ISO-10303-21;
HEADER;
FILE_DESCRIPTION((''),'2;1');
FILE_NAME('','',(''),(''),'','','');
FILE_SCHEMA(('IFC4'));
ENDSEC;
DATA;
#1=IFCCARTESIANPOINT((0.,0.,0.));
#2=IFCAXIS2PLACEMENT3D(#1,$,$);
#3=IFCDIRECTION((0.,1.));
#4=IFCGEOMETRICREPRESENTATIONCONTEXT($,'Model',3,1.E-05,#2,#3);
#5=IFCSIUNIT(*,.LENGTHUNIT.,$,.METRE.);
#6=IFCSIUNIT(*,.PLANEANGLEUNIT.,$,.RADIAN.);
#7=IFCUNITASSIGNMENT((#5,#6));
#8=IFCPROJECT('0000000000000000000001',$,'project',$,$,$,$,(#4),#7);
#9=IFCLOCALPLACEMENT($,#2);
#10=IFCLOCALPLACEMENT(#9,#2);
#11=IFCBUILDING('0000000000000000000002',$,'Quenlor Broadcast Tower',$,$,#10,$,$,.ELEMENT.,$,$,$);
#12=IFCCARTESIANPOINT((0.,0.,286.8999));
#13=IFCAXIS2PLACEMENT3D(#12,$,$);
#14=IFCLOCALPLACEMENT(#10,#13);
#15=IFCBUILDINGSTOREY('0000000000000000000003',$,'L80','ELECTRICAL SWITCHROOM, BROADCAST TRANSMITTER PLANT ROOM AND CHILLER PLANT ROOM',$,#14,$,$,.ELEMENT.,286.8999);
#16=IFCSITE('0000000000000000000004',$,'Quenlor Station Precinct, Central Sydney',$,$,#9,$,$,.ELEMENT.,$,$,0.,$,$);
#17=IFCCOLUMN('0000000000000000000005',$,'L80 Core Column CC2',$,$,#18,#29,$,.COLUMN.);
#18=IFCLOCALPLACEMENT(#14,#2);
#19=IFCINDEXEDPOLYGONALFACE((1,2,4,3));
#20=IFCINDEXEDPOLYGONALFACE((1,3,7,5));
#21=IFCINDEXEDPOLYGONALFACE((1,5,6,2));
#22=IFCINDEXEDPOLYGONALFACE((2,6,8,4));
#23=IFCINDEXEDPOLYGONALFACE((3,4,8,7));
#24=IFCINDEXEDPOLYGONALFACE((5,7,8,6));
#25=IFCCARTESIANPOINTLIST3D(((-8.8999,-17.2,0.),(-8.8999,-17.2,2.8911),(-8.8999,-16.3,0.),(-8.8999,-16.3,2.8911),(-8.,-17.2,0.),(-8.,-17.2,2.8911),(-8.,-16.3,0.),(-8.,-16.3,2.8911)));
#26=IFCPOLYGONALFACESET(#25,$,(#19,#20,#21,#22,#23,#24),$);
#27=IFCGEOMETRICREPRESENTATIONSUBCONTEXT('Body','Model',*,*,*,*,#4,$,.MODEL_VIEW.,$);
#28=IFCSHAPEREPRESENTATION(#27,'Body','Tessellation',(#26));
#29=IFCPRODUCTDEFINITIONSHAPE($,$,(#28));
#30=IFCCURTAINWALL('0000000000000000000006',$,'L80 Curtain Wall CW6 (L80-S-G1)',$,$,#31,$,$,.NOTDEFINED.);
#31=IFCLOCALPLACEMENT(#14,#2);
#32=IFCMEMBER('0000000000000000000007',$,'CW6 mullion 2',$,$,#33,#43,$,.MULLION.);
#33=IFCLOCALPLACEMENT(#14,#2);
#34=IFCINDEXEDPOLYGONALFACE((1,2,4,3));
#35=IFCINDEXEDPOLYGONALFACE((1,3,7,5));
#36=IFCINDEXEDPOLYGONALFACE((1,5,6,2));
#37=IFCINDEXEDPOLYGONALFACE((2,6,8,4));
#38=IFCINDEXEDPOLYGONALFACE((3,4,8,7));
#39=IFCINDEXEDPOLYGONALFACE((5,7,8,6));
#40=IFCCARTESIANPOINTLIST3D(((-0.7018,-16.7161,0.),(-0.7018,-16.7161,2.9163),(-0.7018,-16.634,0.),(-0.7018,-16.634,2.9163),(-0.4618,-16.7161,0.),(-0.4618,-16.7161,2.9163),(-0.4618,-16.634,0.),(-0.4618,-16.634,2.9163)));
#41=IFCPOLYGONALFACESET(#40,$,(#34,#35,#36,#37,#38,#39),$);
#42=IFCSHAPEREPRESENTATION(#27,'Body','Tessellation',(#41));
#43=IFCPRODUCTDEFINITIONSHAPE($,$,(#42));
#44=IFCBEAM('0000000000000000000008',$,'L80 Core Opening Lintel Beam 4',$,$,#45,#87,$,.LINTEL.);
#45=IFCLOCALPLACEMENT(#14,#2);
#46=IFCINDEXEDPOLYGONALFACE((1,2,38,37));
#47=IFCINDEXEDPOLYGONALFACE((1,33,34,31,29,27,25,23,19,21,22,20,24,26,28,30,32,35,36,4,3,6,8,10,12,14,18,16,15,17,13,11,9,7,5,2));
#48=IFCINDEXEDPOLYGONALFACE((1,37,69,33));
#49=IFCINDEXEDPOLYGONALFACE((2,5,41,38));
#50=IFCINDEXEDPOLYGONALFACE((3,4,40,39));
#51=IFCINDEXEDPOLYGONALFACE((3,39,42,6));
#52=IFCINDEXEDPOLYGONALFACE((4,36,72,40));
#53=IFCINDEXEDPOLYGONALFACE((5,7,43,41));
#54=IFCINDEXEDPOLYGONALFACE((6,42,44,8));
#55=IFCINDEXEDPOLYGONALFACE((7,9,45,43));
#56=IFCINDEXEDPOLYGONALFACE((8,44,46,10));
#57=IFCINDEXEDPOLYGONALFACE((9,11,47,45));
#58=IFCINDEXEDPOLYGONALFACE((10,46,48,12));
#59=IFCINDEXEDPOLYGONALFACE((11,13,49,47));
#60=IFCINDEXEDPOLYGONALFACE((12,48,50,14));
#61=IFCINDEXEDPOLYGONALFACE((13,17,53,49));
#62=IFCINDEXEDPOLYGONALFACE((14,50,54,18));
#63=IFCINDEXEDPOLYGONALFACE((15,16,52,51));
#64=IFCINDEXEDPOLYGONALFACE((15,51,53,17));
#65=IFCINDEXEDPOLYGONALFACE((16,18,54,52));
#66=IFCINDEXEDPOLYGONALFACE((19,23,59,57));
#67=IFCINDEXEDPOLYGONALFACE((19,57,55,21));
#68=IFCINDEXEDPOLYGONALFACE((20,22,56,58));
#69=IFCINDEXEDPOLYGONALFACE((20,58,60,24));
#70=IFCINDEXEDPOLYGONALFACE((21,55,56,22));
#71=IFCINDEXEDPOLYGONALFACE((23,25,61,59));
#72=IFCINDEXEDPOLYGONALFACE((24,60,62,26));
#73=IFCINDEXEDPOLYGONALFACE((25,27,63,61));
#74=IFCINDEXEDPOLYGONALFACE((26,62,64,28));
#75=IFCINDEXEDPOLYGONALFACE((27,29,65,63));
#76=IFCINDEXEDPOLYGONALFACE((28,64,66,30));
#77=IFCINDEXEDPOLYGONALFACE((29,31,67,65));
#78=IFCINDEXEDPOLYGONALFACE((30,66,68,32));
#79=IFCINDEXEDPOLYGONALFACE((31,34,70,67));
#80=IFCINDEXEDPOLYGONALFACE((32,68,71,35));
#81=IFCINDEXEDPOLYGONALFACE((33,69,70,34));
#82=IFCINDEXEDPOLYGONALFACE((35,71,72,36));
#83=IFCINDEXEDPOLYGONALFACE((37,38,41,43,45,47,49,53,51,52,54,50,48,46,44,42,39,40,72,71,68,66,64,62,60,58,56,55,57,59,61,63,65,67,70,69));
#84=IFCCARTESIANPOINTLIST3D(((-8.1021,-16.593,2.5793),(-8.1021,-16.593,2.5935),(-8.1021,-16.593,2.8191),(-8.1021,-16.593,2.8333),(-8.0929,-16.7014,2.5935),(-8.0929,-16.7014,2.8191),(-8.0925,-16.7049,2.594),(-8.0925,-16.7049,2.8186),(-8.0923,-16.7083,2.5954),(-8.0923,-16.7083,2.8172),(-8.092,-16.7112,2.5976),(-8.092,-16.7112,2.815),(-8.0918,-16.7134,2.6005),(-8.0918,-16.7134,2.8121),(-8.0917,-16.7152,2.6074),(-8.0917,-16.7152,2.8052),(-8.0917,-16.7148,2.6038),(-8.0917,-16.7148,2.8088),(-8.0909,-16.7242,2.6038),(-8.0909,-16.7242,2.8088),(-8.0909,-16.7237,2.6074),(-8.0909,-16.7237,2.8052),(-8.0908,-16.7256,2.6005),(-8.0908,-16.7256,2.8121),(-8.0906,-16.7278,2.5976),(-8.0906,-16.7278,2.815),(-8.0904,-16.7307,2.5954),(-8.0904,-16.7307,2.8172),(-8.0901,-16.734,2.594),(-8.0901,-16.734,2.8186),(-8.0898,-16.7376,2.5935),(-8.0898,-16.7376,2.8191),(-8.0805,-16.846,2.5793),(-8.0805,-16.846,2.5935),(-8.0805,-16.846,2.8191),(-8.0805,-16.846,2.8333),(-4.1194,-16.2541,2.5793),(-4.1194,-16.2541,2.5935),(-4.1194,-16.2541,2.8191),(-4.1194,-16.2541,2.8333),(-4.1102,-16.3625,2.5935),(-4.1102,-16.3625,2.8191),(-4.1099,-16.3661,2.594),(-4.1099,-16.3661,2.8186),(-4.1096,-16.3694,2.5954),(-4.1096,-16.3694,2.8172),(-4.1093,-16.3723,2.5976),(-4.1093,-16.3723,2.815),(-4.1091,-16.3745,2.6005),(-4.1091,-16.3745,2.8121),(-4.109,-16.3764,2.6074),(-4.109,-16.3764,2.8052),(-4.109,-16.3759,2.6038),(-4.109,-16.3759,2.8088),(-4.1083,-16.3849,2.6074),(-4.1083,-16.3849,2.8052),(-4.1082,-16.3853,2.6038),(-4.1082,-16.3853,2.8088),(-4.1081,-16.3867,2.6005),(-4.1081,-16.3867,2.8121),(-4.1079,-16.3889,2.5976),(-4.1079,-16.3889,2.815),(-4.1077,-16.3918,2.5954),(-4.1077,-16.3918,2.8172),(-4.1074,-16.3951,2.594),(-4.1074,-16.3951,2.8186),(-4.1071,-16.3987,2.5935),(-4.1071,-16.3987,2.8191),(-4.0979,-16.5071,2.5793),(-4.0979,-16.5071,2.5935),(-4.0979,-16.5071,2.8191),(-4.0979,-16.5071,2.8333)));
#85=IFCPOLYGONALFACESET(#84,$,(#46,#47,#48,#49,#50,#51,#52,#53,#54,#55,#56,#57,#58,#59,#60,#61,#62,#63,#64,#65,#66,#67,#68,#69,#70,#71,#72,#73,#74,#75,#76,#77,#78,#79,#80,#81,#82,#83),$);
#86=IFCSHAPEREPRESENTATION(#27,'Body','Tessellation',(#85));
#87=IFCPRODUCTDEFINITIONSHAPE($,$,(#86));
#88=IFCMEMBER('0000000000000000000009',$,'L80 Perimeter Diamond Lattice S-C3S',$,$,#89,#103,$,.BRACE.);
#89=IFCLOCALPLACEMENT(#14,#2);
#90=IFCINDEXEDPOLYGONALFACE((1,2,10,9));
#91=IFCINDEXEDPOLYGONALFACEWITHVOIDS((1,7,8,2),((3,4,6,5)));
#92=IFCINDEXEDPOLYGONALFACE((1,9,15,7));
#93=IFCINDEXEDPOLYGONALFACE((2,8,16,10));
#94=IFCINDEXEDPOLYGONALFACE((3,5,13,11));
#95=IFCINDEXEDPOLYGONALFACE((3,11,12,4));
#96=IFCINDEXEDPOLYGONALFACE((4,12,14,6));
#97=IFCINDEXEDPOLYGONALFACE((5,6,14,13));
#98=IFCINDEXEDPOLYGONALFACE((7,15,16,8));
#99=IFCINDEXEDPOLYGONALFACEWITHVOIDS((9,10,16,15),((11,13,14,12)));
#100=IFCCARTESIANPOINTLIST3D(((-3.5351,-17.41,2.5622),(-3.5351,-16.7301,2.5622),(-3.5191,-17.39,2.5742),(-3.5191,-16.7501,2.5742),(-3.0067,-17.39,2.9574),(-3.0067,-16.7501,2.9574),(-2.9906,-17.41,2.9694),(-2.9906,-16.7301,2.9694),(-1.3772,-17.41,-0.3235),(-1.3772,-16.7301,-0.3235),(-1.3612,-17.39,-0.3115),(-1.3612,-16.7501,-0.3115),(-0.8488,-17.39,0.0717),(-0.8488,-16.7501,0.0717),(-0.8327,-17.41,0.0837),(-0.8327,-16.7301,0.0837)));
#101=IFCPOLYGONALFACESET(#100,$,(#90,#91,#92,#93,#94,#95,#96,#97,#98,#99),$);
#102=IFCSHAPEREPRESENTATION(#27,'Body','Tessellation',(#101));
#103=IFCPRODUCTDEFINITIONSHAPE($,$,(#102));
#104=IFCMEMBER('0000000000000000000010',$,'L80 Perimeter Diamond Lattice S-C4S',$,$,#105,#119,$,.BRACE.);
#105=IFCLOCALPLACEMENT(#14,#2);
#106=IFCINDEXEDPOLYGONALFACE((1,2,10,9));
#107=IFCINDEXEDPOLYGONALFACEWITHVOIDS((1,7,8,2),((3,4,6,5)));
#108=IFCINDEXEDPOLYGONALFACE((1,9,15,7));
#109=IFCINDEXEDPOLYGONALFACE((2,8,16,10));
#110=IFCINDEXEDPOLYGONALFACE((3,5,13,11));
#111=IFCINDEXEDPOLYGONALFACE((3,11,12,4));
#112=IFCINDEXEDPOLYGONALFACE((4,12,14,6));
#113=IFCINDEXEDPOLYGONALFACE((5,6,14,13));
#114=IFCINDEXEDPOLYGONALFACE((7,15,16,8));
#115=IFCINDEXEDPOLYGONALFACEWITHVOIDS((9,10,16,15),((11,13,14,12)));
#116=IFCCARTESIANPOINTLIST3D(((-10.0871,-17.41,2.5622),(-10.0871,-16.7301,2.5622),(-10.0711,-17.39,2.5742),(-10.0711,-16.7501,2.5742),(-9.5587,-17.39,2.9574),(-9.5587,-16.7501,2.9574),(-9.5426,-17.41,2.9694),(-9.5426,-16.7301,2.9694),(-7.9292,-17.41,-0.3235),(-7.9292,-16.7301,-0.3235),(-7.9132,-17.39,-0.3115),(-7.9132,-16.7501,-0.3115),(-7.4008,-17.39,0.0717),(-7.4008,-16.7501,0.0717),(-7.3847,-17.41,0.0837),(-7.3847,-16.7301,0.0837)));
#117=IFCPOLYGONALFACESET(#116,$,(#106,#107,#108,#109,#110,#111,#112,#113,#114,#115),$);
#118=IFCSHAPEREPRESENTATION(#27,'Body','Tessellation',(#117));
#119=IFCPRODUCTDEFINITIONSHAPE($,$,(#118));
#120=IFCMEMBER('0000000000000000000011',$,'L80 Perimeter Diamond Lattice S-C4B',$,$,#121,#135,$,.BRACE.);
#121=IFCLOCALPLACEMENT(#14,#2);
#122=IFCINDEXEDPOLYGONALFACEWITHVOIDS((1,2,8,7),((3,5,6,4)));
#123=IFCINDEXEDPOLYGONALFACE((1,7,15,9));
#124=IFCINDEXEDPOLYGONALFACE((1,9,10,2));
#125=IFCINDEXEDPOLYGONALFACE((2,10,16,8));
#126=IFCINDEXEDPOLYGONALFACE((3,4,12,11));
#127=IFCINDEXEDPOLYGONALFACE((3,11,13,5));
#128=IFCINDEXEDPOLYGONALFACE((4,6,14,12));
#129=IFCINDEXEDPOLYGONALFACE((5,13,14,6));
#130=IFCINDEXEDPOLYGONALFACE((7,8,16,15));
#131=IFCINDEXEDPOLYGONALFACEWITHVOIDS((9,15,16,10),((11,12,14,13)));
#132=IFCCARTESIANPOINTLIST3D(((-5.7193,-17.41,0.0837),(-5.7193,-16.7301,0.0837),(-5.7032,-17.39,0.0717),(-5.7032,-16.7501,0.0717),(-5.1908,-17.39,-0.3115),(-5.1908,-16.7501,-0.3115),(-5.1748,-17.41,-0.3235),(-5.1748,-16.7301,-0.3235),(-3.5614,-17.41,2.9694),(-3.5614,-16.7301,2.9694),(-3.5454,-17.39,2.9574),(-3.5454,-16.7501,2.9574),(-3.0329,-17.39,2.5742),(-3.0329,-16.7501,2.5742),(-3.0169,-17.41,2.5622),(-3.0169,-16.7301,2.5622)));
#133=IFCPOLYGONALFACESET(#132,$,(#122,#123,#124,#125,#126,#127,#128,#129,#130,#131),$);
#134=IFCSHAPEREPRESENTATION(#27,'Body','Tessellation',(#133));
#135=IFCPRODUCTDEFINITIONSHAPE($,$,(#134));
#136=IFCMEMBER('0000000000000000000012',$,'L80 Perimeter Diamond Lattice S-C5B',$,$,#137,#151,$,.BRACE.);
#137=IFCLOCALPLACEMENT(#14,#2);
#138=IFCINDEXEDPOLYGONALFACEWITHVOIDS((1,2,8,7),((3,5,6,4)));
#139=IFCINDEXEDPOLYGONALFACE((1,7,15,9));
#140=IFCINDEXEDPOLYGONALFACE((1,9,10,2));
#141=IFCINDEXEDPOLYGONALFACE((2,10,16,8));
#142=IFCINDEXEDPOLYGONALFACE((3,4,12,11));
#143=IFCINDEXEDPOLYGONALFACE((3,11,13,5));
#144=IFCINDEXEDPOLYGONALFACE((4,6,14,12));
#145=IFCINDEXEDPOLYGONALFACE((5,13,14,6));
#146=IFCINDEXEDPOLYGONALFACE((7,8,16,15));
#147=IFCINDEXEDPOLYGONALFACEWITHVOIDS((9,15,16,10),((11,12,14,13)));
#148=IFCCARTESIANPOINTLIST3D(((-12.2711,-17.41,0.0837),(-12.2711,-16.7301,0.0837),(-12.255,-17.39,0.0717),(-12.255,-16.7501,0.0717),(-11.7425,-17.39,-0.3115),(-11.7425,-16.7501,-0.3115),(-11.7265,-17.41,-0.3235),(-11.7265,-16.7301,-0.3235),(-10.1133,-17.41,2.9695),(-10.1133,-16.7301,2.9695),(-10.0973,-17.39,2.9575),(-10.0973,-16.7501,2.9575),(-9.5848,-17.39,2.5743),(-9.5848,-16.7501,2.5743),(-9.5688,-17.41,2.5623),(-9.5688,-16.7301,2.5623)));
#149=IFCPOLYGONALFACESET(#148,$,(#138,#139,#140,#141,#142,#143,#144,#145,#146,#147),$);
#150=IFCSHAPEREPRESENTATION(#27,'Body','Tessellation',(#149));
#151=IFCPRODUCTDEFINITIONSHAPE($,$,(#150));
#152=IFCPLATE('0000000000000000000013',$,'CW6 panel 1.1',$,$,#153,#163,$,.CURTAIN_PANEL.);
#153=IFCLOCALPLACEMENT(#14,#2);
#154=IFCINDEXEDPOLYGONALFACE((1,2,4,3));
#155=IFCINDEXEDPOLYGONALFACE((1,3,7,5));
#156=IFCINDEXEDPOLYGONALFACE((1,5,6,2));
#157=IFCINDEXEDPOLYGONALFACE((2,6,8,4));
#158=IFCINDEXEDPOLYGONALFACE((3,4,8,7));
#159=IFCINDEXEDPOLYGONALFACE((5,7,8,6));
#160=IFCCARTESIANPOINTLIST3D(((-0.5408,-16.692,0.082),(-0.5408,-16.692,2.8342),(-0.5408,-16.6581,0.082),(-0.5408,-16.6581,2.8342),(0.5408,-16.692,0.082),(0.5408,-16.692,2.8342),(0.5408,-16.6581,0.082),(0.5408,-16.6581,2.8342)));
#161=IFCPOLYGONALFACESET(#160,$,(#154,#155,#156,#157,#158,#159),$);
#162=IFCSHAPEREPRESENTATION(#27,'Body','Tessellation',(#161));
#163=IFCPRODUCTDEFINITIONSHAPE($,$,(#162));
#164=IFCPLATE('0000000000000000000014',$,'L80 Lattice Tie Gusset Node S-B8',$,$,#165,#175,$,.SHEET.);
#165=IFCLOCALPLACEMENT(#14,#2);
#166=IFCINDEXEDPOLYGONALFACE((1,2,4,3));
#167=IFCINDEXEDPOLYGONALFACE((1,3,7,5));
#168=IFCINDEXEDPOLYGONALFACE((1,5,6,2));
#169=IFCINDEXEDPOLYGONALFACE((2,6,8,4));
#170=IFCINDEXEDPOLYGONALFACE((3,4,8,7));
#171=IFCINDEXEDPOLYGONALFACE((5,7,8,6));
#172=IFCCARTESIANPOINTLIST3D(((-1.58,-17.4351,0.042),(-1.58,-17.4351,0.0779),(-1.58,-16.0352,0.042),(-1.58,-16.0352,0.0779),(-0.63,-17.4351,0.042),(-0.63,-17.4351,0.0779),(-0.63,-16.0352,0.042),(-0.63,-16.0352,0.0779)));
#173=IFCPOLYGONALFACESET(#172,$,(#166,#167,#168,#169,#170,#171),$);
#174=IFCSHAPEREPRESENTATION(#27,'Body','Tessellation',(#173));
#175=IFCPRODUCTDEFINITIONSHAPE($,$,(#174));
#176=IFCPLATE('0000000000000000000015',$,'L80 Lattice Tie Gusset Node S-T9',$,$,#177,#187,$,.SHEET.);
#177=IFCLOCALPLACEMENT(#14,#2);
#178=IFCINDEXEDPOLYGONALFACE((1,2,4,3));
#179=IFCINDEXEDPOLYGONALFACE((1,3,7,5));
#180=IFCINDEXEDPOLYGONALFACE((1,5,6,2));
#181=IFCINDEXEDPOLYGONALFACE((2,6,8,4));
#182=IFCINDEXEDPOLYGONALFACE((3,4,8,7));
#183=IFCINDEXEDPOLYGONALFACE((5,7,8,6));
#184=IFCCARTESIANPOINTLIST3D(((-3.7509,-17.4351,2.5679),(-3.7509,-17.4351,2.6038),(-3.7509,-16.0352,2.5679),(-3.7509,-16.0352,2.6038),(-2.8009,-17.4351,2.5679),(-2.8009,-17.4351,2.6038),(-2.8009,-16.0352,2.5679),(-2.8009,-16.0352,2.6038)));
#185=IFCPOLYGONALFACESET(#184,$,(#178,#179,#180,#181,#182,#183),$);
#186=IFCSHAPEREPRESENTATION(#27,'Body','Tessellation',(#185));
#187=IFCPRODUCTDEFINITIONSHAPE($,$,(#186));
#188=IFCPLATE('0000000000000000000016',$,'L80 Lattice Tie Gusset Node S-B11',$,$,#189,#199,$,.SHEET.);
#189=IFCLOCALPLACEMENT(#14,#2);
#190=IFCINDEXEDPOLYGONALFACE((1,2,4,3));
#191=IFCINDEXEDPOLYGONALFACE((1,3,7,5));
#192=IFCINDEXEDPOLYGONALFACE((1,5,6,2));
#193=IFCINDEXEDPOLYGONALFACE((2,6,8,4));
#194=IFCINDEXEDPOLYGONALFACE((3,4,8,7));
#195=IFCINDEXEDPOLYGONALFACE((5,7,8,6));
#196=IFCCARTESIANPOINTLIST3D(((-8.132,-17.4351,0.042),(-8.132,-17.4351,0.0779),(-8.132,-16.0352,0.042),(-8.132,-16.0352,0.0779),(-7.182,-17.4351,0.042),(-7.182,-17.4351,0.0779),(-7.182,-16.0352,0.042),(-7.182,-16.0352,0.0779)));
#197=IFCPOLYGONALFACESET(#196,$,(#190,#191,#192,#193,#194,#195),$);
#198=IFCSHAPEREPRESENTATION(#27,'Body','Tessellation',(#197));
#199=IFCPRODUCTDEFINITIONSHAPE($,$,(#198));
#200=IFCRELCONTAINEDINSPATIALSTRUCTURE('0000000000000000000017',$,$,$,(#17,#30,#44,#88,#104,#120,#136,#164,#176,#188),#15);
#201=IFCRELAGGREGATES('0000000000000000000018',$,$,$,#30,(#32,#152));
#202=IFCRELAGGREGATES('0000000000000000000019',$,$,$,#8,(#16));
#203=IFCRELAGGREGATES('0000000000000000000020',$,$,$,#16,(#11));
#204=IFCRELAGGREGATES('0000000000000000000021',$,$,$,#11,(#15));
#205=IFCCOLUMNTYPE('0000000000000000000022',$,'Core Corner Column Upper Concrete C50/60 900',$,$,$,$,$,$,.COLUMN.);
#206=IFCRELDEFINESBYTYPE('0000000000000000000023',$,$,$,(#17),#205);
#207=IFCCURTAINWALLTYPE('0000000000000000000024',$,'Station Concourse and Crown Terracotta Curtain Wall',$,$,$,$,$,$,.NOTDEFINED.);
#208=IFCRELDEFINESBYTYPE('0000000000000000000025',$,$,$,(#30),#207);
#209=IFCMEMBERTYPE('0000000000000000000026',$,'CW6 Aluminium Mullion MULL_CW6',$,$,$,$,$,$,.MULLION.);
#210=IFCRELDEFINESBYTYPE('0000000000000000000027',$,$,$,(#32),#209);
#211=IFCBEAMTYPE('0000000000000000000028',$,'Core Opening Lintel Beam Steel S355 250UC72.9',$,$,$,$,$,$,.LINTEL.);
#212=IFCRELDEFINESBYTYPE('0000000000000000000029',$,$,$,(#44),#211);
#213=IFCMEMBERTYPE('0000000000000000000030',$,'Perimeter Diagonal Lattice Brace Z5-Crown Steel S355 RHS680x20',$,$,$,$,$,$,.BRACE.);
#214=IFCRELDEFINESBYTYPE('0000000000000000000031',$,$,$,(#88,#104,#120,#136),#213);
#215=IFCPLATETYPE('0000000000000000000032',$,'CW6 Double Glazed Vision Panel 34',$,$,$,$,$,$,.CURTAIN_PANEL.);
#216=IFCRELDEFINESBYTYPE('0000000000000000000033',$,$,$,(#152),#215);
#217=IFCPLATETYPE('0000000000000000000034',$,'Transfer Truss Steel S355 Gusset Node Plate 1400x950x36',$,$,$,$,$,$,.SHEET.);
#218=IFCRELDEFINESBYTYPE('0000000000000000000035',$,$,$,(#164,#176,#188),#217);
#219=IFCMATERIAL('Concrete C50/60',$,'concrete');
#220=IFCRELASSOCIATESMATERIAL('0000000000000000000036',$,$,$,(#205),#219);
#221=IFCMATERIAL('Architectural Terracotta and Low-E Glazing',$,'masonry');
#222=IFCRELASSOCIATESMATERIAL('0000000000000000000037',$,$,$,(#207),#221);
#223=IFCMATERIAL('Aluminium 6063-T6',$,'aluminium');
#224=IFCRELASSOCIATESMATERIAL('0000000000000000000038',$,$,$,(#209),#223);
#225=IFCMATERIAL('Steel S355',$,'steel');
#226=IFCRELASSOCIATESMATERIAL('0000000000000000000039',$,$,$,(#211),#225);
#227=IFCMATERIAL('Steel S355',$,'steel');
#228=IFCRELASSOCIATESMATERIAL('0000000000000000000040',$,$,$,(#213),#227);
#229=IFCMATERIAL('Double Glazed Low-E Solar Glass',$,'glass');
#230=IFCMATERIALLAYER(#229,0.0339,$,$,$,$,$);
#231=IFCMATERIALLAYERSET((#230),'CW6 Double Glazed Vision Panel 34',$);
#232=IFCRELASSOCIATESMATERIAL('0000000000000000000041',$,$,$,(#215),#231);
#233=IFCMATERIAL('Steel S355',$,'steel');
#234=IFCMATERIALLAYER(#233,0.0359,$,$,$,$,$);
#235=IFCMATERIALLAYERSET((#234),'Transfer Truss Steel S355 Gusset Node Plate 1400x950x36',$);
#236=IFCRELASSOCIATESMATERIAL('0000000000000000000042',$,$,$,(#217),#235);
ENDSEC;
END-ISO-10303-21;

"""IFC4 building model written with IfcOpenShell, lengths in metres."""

from ifc_helpers import new_model, si_unit, direction, frame, origin, origin_2d, place, context, subcontext, project, spatial, rectangle, hollow_rectangle, i_section, extrude, material, layer, layer_set, material_profile, profile_set, type_object, element, aggregate, save


model = new_model("IFC4")

# Units and contexts
model_context = context("Model", 3, precision=1e-05, world=origin(), true_north=direction((0.0, 1.0)))
body_context = subcontext(model_context, "Body", "Model", "MODEL_VIEW")
ifc_project = project(units=[si_unit("LENGTHUNIT", "METRE"), si_unit("PLANEANGLEUNIT", "RADIAN")], contexts=[model_context])

# Site, building, storey
site_placement = place(None, origin())
site = spatial("IfcSite", under=ifc_project, at=site_placement, Name="Quenlor Station Precinct, Central Sydney", CompositionType="ELEMENT", RefElevation=0.0)
building_placement = place(site_placement, origin())
building = spatial("IfcBuilding", under=site, at=building_placement, Name="Quenlor Broadcast Tower", CompositionType="ELEMENT")
storey_placement = place(building_placement, frame((0.0, 0.0, 286.8999)))
storey = spatial("IfcBuildingStorey", under=building, at=storey_placement, Name="L80", Description="ELECTRICAL SWITCHROOM, BROADCAST TRANSMITTER PLANT ROOM AND CHILLER PLANT ROOM", CompositionType="ELEMENT", Elevation=286.8999)

# Column
ifc_material_1 = material(Name="Concrete C50/60", Category="concrete")
ifc_material_profile_1 = material_profile(ifc_material_1, rectangle(XDim=0.8999, YDim=0.8999, at=origin_2d()))
ifc_profile_set_1 = profile_set([ifc_material_profile_1], Name="Concrete C50/60 RC900x900")
column_type = type_object("IfcColumnType", Name="Core Corner Column Upper Concrete C50/60 900", PredefinedType="COLUMN", material=ifc_profile_set_1)
column_placement = place(storey_placement, frame((-8.45, -16.75, 0.0), z_axis=(0.0, 0.0, 1.0), x_axis=(1.0, 0.0, 0.0)))
element("IfcColumn", 1, at=column_placement, inside=storey, type_object=column_type, Name="L80 Core Column CC2", PredefinedType="COLUMN", context=body_context, shape_type="SweptSolid", body=[
    extrude(rectangle(XDim=0.8999, YDim=0.8999, at=origin_2d()), origin(), (0.0, 0.0, 1.0), 2.8911),
])

# Curtain wall, member
ifc_material_2 = material(Name="Architectural Terracotta and Low-E Glazing", Category="masonry")
curtain_wall_type = type_object("IfcCurtainWallType", Name="Station Concourse and Crown Terracotta Curtain Wall", PredefinedType="NOTDEFINED", material=ifc_material_2)
curtain_wall_placement = place(storey_placement, origin())
curtain_wall = element("IfcCurtainWall", 2, at=curtain_wall_placement, inside=storey, type_object=curtain_wall_type, Name="L80 Curtain Wall CW6 (L80-S-G1)", PredefinedType="NOTDEFINED")
ifc_material_3 = material(Name="Aluminium 6063-T6", Category="aluminium")
ifc_material_profile_2 = material_profile(ifc_material_3, rectangle(XDim=0.082, YDim=0.24, at=origin_2d()))
ifc_profile_set_2 = profile_set([ifc_material_profile_2], Name="Aluminium 6063-T6 MULL82x240")
member_type_1 = type_object("IfcMemberType", Name="CW6 Aluminium Mullion MULL_CW6", PredefinedType="MULLION", material=ifc_profile_set_2)
member_placement = place(storey_placement, frame((-0.5818, -16.675, 0.0), z_axis=(0.0, 0.0, 1.0), x_axis=(0.0, -1.0, 0.0)))
member = element("IfcMember", 3, at=member_placement, type_object=member_type_1, Name="CW6 mullion 2", PredefinedType="MULLION", context=body_context, shape_type="SweptSolid", body=[
    extrude(rectangle(XDim=0.082, YDim=0.24, at=origin_2d()), origin(), (0.0, 0.0, 1.0), 2.9163),
])

# Beam
ifc_material_4 = material(Name="Steel S355", Category="steel")
ifc_material_profile_3 = material_profile(ifc_material_4, i_section(OverallWidth=0.2539, OverallDepth=0.2539, WebThickness=0.0085, FlangeThickness=0.0142, FilletRadius=0.0139, at=origin_2d()))
ifc_profile_set_3 = profile_set([ifc_material_profile_3], Name="Steel S355 250UC72.9")
beam_type = type_object("IfcBeamType", Name="Core Opening Lintel Beam Steel S355 250UC72.9", PredefinedType="LINTEL", material=ifc_profile_set_3)
beam_placement = place(storey_placement, frame((-8.0913, -16.7195, 2.7063), z_axis=(0.9964, 0.084779, 0.0), x_axis=(-0.084779, 0.9964, 0.0)))
element("IfcBeam", 4, at=beam_placement, inside=storey, type_object=beam_type, Name="L80 Core Opening Lintel Beam 4", PredefinedType="LINTEL", context=body_context, shape_type="SweptSolid", body=[
    extrude(i_section(OverallWidth=0.2539, OverallDepth=0.2539, WebThickness=0.0085, FlangeThickness=0.0142, FilletRadius=0.0139, at=origin_2d()), origin(), (0.0, 0.0, 1.0), 3.9971),
])

# Members
ifc_material_5 = material(Name="Steel S355", Category="steel")
ifc_material_profile_4 = material_profile(ifc_material_5, hollow_rectangle(XDim=0.6799, YDim=0.6799, WallThickness=0.02, at=origin_2d()))
ifc_profile_set_4 = profile_set([ifc_material_profile_4], Name="Steel S355 RHS680x680x20")
member_type_2 = type_object("IfcMemberType", Name="Perimeter Diagonal Lattice Brace Z5-Crown Steel S355 RHS680x20", PredefinedType="BRACE", material=ifc_profile_set_4)
for number, where, z_axis, x_axis, name in (
    (5, (-1.105, -17.0701, -0.1199), (-0.598872, 0.0, 0.800845), (0.0, -1.0, 0.0), "L80 Perimeter Diamond Lattice S-C3S"),
    (6, (-7.657, -17.0701, -0.1199), (-0.598872, 0.0, 0.800845), (0.0, -1.0, 0.0), "L80 Perimeter Diamond Lattice S-C4S"),
    (7, (-5.447, -17.0701, -0.1199), (0.598872, 0.0, 0.800845), (0.0, 1.0, 0.0), "L80 Perimeter Diamond Lattice S-C4B"),
    (8, (-11.9988, -17.0701, -0.1199), (0.598829, 0.0, 0.800877), (0.0, 1.0, 0.0), "L80 Perimeter Diamond Lattice S-C5B"),
):
    element("IfcMember", number, at=place(storey_placement, frame(where, z_axis=z_axis, x_axis=x_axis)), inside=storey, type_object=member_type_2, Name=name, PredefinedType="BRACE", context=body_context, shape_type="SweptSolid", body=[
        extrude(hollow_rectangle(XDim=0.6799, YDim=0.6799, WallThickness=0.02, at=origin_2d()), origin(), (0.0, 0.0, 1.0), 3.6033),
    ])

# Plate
ifc_material_6 = material(Name="Double Glazed Low-E Solar Glass", Category="glass")
ifc_layer_1 = layer(ifc_material_6, 0.0339)
ifc_layer_set_1 = layer_set([ifc_layer_1], Name="CW6 Double Glazed Vision Panel 34")
plate_type_1 = type_object("IfcPlateType", Name="CW6 Double Glazed Vision Panel 34", PredefinedType="CURTAIN_PANEL", material=ifc_layer_set_1)
plate_placement = place(storey_placement, frame((0.0, -16.675, 0.082), z_axis=(0.0, 0.0, 1.0), x_axis=(-1.0, 0.0, 0.0)))
plate = element("IfcPlate", 9, at=plate_placement, type_object=plate_type_1, Name="CW6 panel 1.1", PredefinedType="CURTAIN_PANEL", context=body_context, shape_type="SweptSolid", body=[
    extrude(rectangle(XDim=1.0815, YDim=0.0339, at=origin_2d()), origin(), (0.0, 0.0, 1.0), 2.7522),
])
aggregate(curtain_wall, [member, plate])

# Plates
ifc_material_7 = material(Name="Steel S355", Category="steel")
ifc_layer_2 = layer(ifc_material_7, 0.0359)
ifc_layer_set_2 = layer_set([ifc_layer_2], Name="Transfer Truss Steel S355 Gusset Node Plate 1400x950x36")
plate_type_2 = type_object("IfcPlateType", Name="Transfer Truss Steel S355 Gusset Node Plate 1400x950x36", PredefinedType="SHEET", material=ifc_layer_set_2)
for number, where, z_axis, x_axis, name in (
    (10, (-1.105, -16.7351, 0.042), (0.0, 0.0, 1.0), (0.0, -1.0, 0.0), "L80 Lattice Tie Gusset Node S-B8"),
    (11, (-3.2759, -16.7351, 2.5679), (0.0, 0.0, 1.0), (0.0, -1.0, 0.0), "L80 Lattice Tie Gusset Node S-T9"),
    (12, (-7.657, -16.7351, 0.042), (0.0, 0.0, 1.0), (0.0, -1.0, 0.0), "L80 Lattice Tie Gusset Node S-B11"),
):
    element("IfcPlate", number, at=place(storey_placement, frame(where, z_axis=z_axis, x_axis=x_axis)), inside=storey, type_object=plate_type_2, Name=name, PredefinedType="SHEET", context=body_context, shape_type="SweptSolid", body=[
        extrude(rectangle(XDim=1.3999, YDim=0.95, at=origin_2d()), origin(), (0.0, 0.0, 1.0), 0.0359),
    ])

save(model, "model.ifc")
